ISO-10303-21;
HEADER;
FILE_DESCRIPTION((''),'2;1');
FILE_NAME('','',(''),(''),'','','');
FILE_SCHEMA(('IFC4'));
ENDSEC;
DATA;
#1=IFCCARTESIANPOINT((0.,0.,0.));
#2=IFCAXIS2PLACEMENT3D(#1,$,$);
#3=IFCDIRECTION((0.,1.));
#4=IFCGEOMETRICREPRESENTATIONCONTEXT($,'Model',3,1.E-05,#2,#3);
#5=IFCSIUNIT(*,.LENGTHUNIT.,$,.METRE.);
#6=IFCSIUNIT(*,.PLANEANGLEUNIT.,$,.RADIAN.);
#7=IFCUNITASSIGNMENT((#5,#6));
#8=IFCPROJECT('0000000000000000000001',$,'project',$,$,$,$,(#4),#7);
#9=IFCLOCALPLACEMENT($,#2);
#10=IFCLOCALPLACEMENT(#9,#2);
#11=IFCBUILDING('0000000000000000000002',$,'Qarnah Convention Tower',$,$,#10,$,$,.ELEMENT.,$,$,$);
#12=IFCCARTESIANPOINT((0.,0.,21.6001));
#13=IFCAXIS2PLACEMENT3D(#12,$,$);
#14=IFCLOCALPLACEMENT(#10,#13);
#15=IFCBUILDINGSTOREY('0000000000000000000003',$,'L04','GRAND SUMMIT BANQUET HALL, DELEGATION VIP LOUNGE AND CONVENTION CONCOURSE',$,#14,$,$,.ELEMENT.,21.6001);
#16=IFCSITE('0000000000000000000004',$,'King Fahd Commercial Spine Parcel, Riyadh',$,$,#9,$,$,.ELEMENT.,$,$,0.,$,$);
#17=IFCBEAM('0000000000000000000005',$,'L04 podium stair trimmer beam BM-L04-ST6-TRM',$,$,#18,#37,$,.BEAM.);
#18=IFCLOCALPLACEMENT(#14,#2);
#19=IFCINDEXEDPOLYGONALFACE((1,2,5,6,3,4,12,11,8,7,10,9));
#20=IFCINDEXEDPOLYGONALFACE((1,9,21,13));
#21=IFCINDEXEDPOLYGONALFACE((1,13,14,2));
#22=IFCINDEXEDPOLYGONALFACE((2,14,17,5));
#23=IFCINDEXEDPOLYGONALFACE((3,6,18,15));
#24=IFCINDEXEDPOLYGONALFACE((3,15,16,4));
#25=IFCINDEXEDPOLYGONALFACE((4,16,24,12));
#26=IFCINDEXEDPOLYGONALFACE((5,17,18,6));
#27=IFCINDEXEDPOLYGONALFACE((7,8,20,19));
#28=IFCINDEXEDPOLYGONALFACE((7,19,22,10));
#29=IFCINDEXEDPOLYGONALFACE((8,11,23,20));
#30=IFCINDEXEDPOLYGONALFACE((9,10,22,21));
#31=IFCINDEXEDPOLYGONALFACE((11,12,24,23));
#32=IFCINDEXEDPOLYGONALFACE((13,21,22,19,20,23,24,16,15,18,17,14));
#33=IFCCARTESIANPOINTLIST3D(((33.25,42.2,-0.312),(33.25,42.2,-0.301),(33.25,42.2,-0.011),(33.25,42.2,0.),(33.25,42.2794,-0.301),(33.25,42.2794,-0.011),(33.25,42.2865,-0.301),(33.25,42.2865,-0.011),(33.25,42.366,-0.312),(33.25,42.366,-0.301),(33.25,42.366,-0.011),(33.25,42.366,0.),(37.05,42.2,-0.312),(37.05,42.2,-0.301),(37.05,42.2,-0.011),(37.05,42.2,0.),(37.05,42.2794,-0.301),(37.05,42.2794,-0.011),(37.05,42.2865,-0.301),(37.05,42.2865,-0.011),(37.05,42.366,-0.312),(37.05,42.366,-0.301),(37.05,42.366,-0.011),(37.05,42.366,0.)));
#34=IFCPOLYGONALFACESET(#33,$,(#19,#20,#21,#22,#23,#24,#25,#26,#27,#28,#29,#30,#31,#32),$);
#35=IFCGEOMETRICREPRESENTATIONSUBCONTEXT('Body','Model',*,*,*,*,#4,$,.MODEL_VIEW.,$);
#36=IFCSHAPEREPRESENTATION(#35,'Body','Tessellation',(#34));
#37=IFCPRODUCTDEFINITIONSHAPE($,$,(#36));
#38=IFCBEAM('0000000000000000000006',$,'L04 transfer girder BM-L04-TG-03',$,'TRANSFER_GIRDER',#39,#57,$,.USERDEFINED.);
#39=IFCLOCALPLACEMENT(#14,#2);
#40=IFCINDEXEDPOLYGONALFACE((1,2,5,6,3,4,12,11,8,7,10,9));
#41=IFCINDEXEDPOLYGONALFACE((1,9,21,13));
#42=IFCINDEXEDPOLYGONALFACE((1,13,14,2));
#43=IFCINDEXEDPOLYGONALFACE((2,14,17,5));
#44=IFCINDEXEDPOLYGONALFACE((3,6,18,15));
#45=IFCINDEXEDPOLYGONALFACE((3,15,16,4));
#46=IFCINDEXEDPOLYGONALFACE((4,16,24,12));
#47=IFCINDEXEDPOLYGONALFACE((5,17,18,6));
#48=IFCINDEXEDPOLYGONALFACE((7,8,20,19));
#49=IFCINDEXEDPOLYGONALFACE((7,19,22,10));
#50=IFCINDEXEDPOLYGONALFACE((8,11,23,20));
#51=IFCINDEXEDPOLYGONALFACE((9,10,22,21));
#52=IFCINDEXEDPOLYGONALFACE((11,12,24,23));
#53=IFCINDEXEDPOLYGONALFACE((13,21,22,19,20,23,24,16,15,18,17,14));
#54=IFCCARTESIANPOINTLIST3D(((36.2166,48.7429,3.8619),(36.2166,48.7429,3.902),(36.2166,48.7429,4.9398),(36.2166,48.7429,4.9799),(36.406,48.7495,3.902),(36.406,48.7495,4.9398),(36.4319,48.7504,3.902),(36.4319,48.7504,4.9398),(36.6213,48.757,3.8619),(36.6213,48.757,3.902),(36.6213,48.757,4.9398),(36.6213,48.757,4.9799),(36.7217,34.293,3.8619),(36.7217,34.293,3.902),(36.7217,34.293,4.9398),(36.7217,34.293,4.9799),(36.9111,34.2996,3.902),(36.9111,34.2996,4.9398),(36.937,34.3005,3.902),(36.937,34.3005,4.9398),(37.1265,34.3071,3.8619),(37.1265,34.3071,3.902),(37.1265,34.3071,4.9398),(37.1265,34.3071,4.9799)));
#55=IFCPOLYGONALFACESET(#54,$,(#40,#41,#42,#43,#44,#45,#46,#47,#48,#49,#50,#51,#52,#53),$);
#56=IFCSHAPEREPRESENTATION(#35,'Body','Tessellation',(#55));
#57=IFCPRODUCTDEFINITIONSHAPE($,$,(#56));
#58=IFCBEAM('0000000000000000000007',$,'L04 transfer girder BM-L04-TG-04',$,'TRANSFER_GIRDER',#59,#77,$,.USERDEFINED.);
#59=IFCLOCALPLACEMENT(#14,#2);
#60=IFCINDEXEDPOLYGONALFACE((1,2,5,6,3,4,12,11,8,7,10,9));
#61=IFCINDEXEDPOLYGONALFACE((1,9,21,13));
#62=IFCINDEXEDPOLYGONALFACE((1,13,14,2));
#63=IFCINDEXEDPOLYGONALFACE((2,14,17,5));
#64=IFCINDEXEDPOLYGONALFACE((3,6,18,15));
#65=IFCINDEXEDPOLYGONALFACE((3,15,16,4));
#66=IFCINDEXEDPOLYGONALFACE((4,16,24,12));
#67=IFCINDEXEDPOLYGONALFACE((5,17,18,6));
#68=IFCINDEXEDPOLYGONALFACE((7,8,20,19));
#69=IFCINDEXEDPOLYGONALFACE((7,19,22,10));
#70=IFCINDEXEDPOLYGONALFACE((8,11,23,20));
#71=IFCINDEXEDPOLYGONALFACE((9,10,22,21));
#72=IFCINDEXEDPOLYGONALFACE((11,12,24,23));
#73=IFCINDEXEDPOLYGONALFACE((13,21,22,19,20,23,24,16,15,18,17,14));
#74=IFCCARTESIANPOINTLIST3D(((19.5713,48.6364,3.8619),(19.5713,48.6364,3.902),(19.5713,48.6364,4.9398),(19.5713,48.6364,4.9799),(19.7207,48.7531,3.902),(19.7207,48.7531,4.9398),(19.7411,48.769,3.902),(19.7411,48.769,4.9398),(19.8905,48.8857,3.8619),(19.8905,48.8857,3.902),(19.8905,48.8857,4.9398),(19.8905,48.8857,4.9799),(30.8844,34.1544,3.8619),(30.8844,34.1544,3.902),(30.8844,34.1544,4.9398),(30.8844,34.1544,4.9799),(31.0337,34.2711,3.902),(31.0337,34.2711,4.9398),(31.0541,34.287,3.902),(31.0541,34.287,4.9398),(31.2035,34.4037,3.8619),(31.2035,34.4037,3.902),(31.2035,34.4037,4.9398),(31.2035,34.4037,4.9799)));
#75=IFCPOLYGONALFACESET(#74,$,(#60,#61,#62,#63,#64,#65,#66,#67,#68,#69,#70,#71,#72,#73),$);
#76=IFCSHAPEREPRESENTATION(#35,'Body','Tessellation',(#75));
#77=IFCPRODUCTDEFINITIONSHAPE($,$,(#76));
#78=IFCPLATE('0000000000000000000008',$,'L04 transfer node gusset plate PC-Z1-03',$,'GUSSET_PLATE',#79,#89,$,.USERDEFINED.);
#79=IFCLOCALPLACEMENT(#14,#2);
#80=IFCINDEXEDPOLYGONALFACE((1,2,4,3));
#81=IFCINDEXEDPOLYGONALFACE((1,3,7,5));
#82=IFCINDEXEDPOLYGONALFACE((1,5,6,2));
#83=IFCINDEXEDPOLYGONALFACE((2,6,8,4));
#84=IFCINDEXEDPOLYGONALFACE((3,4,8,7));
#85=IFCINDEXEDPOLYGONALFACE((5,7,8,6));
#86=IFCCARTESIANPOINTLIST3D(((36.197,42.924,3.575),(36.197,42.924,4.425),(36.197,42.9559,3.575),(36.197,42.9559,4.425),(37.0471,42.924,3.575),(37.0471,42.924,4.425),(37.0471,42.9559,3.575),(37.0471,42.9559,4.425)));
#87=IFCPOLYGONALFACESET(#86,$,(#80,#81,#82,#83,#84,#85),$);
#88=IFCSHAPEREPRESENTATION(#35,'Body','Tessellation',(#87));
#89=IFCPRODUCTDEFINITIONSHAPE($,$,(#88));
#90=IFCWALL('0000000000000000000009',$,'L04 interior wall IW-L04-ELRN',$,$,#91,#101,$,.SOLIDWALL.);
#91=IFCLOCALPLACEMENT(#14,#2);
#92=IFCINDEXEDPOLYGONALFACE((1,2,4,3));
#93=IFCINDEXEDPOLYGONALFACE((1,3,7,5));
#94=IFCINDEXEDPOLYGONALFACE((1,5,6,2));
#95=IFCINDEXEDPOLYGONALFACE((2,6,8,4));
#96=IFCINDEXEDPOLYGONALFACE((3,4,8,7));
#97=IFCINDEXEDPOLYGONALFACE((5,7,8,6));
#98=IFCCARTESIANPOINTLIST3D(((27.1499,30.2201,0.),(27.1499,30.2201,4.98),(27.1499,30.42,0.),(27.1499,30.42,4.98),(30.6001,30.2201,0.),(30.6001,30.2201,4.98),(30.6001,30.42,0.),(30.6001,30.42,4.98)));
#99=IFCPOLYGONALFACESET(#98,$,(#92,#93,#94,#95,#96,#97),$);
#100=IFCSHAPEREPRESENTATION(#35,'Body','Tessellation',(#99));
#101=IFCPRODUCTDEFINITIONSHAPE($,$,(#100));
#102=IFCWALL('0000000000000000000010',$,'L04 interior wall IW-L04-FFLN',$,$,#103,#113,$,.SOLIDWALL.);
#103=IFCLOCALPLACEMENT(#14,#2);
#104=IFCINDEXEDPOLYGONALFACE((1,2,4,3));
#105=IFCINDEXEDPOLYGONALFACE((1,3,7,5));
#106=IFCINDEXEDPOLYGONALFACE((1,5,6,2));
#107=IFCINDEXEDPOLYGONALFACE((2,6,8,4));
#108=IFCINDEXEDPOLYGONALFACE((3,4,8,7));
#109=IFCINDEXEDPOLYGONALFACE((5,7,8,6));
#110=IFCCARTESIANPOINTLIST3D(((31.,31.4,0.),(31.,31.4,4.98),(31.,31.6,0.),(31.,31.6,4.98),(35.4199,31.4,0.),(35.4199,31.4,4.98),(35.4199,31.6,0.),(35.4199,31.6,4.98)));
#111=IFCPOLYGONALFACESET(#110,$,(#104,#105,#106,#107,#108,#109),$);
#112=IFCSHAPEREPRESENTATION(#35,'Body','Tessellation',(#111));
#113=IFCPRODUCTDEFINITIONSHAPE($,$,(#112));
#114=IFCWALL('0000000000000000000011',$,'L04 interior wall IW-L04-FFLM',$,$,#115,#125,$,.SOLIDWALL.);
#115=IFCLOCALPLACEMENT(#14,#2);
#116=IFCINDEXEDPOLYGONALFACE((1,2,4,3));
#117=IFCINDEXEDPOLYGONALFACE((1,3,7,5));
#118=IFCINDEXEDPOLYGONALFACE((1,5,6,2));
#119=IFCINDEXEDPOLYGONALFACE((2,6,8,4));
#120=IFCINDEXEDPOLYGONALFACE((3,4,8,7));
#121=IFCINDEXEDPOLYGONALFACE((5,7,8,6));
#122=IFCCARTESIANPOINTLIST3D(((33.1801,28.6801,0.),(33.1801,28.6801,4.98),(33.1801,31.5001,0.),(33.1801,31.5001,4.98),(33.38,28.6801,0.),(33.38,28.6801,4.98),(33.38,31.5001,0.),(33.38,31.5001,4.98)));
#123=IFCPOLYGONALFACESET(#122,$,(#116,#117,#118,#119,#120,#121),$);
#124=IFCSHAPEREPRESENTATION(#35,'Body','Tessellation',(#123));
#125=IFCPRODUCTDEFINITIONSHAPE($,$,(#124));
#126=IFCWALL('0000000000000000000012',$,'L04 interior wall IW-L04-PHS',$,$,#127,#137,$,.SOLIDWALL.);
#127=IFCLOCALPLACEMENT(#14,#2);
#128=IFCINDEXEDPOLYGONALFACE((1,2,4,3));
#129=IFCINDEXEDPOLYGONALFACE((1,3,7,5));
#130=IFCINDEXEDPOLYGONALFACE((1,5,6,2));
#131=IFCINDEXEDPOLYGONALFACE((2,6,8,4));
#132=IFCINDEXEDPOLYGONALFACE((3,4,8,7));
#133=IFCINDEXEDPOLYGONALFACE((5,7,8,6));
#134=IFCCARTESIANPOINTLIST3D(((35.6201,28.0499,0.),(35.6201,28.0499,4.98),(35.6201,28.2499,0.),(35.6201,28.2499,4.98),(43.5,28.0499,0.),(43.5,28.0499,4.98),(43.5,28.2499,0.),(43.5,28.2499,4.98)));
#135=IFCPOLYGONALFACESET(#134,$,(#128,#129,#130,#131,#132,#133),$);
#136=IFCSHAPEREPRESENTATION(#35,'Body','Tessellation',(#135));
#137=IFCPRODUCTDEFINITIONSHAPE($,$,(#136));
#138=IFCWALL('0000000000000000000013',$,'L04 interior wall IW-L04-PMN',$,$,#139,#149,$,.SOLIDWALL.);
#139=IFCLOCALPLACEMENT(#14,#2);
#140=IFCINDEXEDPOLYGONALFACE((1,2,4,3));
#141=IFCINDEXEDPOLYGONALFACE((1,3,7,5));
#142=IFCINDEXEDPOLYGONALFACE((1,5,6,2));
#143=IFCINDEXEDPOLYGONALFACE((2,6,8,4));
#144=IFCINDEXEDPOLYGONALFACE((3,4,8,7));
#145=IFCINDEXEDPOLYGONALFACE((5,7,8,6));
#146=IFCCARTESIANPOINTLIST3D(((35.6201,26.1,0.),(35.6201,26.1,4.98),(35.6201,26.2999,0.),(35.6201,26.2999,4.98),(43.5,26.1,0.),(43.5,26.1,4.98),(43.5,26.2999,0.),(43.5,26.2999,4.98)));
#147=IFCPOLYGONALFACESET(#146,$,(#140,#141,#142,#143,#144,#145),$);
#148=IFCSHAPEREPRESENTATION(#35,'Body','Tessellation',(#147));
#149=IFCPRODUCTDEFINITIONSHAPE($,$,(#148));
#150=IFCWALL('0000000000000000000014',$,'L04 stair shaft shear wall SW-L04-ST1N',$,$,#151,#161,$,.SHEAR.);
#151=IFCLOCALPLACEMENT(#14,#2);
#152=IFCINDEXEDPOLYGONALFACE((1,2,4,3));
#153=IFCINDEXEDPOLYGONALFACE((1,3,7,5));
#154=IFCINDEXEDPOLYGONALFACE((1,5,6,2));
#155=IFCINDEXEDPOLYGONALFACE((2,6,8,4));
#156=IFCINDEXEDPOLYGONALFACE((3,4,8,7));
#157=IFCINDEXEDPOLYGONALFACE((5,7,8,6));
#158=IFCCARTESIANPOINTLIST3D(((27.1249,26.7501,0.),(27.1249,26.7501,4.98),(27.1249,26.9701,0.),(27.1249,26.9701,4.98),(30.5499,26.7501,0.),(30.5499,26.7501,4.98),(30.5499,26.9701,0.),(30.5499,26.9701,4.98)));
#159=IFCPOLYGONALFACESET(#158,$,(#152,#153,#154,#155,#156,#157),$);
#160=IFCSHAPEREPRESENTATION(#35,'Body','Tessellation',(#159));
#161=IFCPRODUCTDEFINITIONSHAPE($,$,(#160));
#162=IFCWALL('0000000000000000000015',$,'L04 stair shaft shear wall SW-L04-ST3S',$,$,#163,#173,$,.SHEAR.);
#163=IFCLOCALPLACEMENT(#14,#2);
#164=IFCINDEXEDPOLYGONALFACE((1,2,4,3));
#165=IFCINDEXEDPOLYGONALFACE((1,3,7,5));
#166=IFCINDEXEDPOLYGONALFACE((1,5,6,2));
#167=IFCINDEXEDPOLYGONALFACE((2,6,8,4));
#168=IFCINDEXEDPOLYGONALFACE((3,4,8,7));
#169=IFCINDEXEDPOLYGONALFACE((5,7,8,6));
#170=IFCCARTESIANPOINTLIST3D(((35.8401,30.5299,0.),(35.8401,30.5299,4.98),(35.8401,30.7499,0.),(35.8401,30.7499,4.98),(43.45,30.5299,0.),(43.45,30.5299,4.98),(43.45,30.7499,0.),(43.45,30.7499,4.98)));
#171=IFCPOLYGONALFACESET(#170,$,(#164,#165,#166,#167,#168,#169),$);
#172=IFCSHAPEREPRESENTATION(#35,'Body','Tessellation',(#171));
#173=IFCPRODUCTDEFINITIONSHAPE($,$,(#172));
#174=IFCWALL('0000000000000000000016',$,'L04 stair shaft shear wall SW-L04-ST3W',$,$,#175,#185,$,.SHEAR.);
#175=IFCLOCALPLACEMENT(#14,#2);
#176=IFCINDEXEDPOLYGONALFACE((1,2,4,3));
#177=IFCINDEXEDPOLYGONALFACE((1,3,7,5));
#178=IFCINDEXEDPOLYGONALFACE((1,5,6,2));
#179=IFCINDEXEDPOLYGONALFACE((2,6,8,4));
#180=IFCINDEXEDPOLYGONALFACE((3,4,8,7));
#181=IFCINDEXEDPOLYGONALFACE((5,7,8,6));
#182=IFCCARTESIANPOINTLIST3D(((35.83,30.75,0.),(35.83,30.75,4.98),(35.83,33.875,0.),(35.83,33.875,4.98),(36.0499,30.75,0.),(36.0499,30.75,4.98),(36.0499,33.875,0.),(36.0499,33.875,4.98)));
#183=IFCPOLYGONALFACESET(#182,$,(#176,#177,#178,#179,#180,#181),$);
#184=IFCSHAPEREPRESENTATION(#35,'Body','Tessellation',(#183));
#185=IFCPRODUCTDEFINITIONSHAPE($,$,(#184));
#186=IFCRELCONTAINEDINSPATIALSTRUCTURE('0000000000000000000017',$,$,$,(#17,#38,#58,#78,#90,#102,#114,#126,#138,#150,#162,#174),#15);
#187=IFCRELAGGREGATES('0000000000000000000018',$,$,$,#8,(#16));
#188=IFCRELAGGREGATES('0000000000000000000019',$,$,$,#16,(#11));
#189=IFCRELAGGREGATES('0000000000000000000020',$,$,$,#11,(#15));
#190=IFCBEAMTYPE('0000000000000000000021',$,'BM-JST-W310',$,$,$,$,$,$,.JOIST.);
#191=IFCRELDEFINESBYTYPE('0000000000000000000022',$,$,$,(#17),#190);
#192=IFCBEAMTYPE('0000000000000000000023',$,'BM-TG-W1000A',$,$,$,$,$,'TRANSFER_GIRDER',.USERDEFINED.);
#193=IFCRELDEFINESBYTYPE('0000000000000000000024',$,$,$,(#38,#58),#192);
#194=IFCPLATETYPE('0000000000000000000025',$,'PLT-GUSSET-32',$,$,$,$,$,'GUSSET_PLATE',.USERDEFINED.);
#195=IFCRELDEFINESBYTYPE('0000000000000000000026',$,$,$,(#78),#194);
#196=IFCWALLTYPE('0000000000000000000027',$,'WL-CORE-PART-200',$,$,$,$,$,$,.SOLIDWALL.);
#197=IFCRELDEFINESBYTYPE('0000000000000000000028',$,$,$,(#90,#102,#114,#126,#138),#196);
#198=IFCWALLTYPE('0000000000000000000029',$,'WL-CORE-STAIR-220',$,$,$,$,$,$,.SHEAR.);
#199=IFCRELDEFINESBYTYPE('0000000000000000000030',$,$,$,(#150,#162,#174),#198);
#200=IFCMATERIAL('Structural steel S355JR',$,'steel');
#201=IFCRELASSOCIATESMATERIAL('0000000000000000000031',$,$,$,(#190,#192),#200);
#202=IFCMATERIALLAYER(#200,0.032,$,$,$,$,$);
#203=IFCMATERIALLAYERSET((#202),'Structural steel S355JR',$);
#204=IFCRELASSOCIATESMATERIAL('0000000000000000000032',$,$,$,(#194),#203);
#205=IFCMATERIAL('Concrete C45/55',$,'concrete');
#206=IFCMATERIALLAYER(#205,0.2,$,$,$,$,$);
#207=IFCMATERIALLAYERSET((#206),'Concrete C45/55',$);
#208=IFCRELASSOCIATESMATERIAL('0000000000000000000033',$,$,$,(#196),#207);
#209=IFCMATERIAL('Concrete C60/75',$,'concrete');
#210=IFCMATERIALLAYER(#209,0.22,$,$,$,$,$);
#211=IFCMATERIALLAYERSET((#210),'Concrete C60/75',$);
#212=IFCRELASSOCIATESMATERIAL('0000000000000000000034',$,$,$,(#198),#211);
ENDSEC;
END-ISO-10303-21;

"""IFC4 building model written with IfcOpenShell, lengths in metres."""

from ifc_helpers import new_model, si_unit, direction, frame, frame_2d, origin, origin_2d, place, context, subcontext, project, spatial, rectangle, i_section, extrude, material, layer, layer_set, material_profile, profile_set, type_object, element, save


model = new_model("IFC4")

# Units and contexts
model_context = context("Model", 3, precision=1e-05, world=origin(), true_north=direction((0.0, 1.0)))
body_context = subcontext(model_context, "Body", "Model", "MODEL_VIEW")
ifc_project = project(units=[si_unit("LENGTHUNIT", "METRE"), si_unit("PLANEANGLEUNIT", "RADIAN")], contexts=[model_context])

# Site, building, storey
site_placement = place(None, origin())
site = spatial("IfcSite", under=ifc_project, at=site_placement, Name="King Fahd Commercial Spine Parcel, Riyadh", CompositionType="ELEMENT", RefElevation=0.0)
building_placement = place(site_placement, origin())
building = spatial("IfcBuilding", under=site, at=building_placement, Name="Qarnah Convention Tower", CompositionType="ELEMENT")
storey_placement = place(building_placement, frame((0.0, 0.0, 21.6001)))
storey = spatial("IfcBuildingStorey", under=building, at=storey_placement, Name="L04", Description="GRAND SUMMIT BANQUET HALL, DELEGATION VIP LOUNGE AND CONVENTION CONCOURSE", CompositionType="ELEMENT", Elevation=21.6001)

# Beams
ifc_material_1 = material(Name="Structural steel S355JR", Category="steel")
ifc_material_profile_1 = material_profile(ifc_material_1, i_section(OverallWidth=0.166, OverallDepth=0.312, WebThickness=0.0071, FlangeThickness=0.011, at=origin_2d()), Name="W310X45")
ifc_profile_set_1 = profile_set([ifc_material_profile_1], Name="Structural steel S355JR")
beam_type_1 = type_object("IfcBeamType", Name="BM-JST-W310", PredefinedType="JOIST", material=ifc_profile_set_1)
beam_1_placement = place(storey_placement, frame((33.25, 42.283, -0.156), z_axis=(1.0, 0.0, 0.0), x_axis=(0.0, 1.0, 0.0)))
element("IfcBeam", 1, at=beam_1_placement, inside=storey, type_object=beam_type_1, Name="L04 podium stair trimmer beam BM-L04-ST6-TRM", PredefinedType="BEAM", context=body_context, shape_type="SweptSolid", body=[
    extrude(i_section(OverallWidth=0.166, OverallDepth=0.312, WebThickness=0.0071, FlangeThickness=0.011, at=origin_2d()), origin(), (0.0, 0.0, 1.0), 3.8),
])
ifc_material_profile_2 = material_profile(ifc_material_1, i_section(OverallWidth=0.405, OverallDepth=1.1179, WebThickness=0.0259, FlangeThickness=0.04, at=origin_2d()), Name="W1100X499")
ifc_profile_set_2 = profile_set([ifc_material_profile_2], Name="Structural steel S355JR")
beam_type_2 = type_object("IfcBeamType", Name="BM-TG-W1000A", ElementType="TRANSFER_GIRDER", PredefinedType="USERDEFINED", material=ifc_profile_set_2)
beam_2_placement = place(storey_placement, frame((36.9241, 34.3, 4.4209), z_axis=(-0.034936, 0.99939, 0.0), x_axis=(-0.99939, -0.034936, 0.0)))
element("IfcBeam", 2, at=beam_2_placement, inside=storey, type_object=beam_type_2, Name="L04 transfer girder BM-L04-TG-03", ObjectType="TRANSFER_GIRDER", PredefinedType="USERDEFINED", context=body_context, shape_type="SweptSolid", body=[
    extrude(i_section(OverallWidth=0.405, OverallDepth=1.1179, WebThickness=0.0259, FlangeThickness=0.04, at=origin_2d()), origin(), (0.0, 0.0, 1.0), 14.4587),
])
beam_3_placement = place(storey_placement, frame((31.0439, 34.2791, 4.4209), z_axis=(-0.615609, 0.788051, 0.0), x_axis=(-0.788051, -0.615609, 0.0)))
element("IfcBeam", 3, at=beam_3_placement, inside=storey, type_object=beam_type_2, Name="L04 transfer girder BM-L04-TG-04", ObjectType="TRANSFER_GIRDER", PredefinedType="USERDEFINED", context=body_context, shape_type="SweptSolid", body=[
    extrude(i_section(OverallWidth=0.405, OverallDepth=1.1179, WebThickness=0.0259, FlangeThickness=0.04, at=origin_2d()), origin(), (0.0, 0.0, 1.0), 18.377),
])

# Plate
ifc_layer_1 = layer(ifc_material_1, 0.032)
ifc_layer_set_1 = layer_set([ifc_layer_1], Name="Structural steel S355JR")
plate_type = type_object("IfcPlateType", Name="PLT-GUSSET-32", ElementType="GUSSET_PLATE", PredefinedType="USERDEFINED", material=ifc_layer_set_1)
plate_placement = place(storey_placement, frame((36.6221, 42.9399, 3.575), z_axis=(0.0, 0.0, 1.0), x_axis=(1.0, 0.0, 0.0)))
element("IfcPlate", 4, at=plate_placement, inside=storey, type_object=plate_type, Name="L04 transfer node gusset plate PC-Z1-03", ObjectType="GUSSET_PLATE", PredefinedType="USERDEFINED", context=body_context, shape_type="SweptSolid", body=[
    extrude(rectangle(XDim=0.8501, YDim=0.032, at=origin_2d()), origin(), (0.0, 0.0, 1.0), 0.8501),
])

# Wall
ifc_material_2 = material(Name="Concrete C45/55", Category="concrete")
ifc_layer_2 = layer(ifc_material_2, 0.2)
ifc_layer_set_2 = layer_set([ifc_layer_2], Name="Concrete C45/55")
wall_type_1 = type_object("IfcWallType", Name="WL-CORE-PART-200", PredefinedType="SOLIDWALL", material=ifc_layer_set_2)
wall_1_placement = place(storey_placement, frame((27.1499, 30.3201, 0.0), z_axis=(0.0, 0.0, 1.0), x_axis=(1.0, 0.0, 0.0)))
element("IfcWall", 5, at=wall_1_placement, inside=storey, type_object=wall_type_1, Name="L04 interior wall IW-L04-ELRN", PredefinedType="SOLIDWALL", context=body_context, shape_type="SweptSolid", body=[
    extrude(rectangle(XDim=3.4502, YDim=0.2, at=frame_2d((1.7251, 0.0))), origin(), (0.0, 0.0, 1.0), 4.98),
])

# Walls
wall_2_placement = place(storey_placement, frame((31.0, 31.5, 0.0), z_axis=(0.0, 0.0, 1.0), x_axis=(1.0, 0.0, 0.0)))
element("IfcWall", 6, at=wall_2_placement, inside=storey, type_object=wall_type_1, Name="L04 interior wall IW-L04-FFLN", PredefinedType="SOLIDWALL", context=body_context, shape_type="SweptSolid", body=[
    extrude(rectangle(XDim=4.4199, YDim=0.2, at=frame_2d((2.21, 0.0))), origin(), (0.0, 0.0, 1.0), 4.98),
])
wall_3_placement = place(storey_placement, frame((33.28, 28.6799, 0.0), z_axis=(0.0, 0.0, 1.0), x_axis=(0.0, 1.0, 0.0)))
element("IfcWall", 7, at=wall_3_placement, inside=storey, type_object=wall_type_1, Name="L04 interior wall IW-L04-FFLM", PredefinedType="SOLIDWALL", context=body_context, shape_type="SweptSolid", body=[
    extrude(rectangle(XDim=2.8201, YDim=0.2, at=frame_2d((1.4102, 0.0))), origin(), (0.0, 0.0, 1.0), 4.98),
])
for number, where, z_axis, x_axis, name in (
    (8, (35.6201, 28.1499, 0.0), (0.0, 0.0, 1.0), (1.0, 0.0, 0.0), "L04 interior wall IW-L04-PHS"),
    (9, (35.6201, 26.2, 0.0), (0.0, 0.0, 1.0), (1.0, 0.0, 0.0), "L04 interior wall IW-L04-PMN"),
):
    element("IfcWall", number, at=place(storey_placement, frame(where, z_axis=z_axis, x_axis=x_axis)), inside=storey, type_object=wall_type_1, Name=name, PredefinedType="SOLIDWALL", context=body_context, shape_type="SweptSolid", body=[
        extrude(rectangle(XDim=7.8799, YDim=0.2, at=frame_2d((3.9399, 0.0))), origin(), (0.0, 0.0, 1.0), 4.98),
    ])
ifc_material_3 = material(Name="Concrete C60/75", Category="concrete")
ifc_layer_3 = layer(ifc_material_3, 0.22)
ifc_layer_set_3 = layer_set([ifc_layer_3], Name="Concrete C60/75")
wall_type_2 = type_object("IfcWallType", Name="WL-CORE-STAIR-220", PredefinedType="SHEAR", material=ifc_layer_set_3)
wall_4_placement = place(storey_placement, frame((27.125, 26.8601, 0.0), z_axis=(0.0, 0.0, 1.0), x_axis=(1.0, 0.0, 0.0)))
element("IfcWall", 10, at=wall_4_placement, inside=storey, type_object=wall_type_2, Name="L04 stair shaft shear wall SW-L04-ST1N", PredefinedType="SHEAR", context=body_context, shape_type="SweptSolid", body=[
    extrude(rectangle(XDim=3.425, YDim=0.22, at=frame_2d((1.7124, 0.0))), origin(), (0.0, 0.0, 1.0), 4.98),
])
wall_5_placement = place(storey_placement, frame((35.8401, 30.6399, 0.0), z_axis=(0.0, 0.0, 1.0), x_axis=(1.0, 0.0, 0.0)))
element("IfcWall", 11, at=wall_5_placement, inside=storey, type_object=wall_type_2, Name="L04 stair shaft shear wall SW-L04-ST3S", PredefinedType="SHEAR", context=body_context, shape_type="SweptSolid", body=[
    extrude(rectangle(XDim=7.6099, YDim=0.22, at=frame_2d((3.8049, 0.0))), origin(), (0.0, 0.0, 1.0), 4.98),
])
wall_6_placement = place(storey_placement, frame((35.9399, 30.75, 0.0), z_axis=(0.0, 0.0, 1.0), x_axis=(0.0, 1.0, 0.0)))
element("IfcWall", 12, at=wall_6_placement, inside=storey, type_object=wall_type_2, Name="L04 stair shaft shear wall SW-L04-ST3W", PredefinedType="SHEAR", context=body_context, shape_type="SweptSolid", body=[
    extrude(rectangle(XDim=3.125, YDim=0.22, at=frame_2d((1.5625, 0.0))), origin(), (0.0, 0.0, 1.0), 4.98),
])

save(model, "model.ifc")
